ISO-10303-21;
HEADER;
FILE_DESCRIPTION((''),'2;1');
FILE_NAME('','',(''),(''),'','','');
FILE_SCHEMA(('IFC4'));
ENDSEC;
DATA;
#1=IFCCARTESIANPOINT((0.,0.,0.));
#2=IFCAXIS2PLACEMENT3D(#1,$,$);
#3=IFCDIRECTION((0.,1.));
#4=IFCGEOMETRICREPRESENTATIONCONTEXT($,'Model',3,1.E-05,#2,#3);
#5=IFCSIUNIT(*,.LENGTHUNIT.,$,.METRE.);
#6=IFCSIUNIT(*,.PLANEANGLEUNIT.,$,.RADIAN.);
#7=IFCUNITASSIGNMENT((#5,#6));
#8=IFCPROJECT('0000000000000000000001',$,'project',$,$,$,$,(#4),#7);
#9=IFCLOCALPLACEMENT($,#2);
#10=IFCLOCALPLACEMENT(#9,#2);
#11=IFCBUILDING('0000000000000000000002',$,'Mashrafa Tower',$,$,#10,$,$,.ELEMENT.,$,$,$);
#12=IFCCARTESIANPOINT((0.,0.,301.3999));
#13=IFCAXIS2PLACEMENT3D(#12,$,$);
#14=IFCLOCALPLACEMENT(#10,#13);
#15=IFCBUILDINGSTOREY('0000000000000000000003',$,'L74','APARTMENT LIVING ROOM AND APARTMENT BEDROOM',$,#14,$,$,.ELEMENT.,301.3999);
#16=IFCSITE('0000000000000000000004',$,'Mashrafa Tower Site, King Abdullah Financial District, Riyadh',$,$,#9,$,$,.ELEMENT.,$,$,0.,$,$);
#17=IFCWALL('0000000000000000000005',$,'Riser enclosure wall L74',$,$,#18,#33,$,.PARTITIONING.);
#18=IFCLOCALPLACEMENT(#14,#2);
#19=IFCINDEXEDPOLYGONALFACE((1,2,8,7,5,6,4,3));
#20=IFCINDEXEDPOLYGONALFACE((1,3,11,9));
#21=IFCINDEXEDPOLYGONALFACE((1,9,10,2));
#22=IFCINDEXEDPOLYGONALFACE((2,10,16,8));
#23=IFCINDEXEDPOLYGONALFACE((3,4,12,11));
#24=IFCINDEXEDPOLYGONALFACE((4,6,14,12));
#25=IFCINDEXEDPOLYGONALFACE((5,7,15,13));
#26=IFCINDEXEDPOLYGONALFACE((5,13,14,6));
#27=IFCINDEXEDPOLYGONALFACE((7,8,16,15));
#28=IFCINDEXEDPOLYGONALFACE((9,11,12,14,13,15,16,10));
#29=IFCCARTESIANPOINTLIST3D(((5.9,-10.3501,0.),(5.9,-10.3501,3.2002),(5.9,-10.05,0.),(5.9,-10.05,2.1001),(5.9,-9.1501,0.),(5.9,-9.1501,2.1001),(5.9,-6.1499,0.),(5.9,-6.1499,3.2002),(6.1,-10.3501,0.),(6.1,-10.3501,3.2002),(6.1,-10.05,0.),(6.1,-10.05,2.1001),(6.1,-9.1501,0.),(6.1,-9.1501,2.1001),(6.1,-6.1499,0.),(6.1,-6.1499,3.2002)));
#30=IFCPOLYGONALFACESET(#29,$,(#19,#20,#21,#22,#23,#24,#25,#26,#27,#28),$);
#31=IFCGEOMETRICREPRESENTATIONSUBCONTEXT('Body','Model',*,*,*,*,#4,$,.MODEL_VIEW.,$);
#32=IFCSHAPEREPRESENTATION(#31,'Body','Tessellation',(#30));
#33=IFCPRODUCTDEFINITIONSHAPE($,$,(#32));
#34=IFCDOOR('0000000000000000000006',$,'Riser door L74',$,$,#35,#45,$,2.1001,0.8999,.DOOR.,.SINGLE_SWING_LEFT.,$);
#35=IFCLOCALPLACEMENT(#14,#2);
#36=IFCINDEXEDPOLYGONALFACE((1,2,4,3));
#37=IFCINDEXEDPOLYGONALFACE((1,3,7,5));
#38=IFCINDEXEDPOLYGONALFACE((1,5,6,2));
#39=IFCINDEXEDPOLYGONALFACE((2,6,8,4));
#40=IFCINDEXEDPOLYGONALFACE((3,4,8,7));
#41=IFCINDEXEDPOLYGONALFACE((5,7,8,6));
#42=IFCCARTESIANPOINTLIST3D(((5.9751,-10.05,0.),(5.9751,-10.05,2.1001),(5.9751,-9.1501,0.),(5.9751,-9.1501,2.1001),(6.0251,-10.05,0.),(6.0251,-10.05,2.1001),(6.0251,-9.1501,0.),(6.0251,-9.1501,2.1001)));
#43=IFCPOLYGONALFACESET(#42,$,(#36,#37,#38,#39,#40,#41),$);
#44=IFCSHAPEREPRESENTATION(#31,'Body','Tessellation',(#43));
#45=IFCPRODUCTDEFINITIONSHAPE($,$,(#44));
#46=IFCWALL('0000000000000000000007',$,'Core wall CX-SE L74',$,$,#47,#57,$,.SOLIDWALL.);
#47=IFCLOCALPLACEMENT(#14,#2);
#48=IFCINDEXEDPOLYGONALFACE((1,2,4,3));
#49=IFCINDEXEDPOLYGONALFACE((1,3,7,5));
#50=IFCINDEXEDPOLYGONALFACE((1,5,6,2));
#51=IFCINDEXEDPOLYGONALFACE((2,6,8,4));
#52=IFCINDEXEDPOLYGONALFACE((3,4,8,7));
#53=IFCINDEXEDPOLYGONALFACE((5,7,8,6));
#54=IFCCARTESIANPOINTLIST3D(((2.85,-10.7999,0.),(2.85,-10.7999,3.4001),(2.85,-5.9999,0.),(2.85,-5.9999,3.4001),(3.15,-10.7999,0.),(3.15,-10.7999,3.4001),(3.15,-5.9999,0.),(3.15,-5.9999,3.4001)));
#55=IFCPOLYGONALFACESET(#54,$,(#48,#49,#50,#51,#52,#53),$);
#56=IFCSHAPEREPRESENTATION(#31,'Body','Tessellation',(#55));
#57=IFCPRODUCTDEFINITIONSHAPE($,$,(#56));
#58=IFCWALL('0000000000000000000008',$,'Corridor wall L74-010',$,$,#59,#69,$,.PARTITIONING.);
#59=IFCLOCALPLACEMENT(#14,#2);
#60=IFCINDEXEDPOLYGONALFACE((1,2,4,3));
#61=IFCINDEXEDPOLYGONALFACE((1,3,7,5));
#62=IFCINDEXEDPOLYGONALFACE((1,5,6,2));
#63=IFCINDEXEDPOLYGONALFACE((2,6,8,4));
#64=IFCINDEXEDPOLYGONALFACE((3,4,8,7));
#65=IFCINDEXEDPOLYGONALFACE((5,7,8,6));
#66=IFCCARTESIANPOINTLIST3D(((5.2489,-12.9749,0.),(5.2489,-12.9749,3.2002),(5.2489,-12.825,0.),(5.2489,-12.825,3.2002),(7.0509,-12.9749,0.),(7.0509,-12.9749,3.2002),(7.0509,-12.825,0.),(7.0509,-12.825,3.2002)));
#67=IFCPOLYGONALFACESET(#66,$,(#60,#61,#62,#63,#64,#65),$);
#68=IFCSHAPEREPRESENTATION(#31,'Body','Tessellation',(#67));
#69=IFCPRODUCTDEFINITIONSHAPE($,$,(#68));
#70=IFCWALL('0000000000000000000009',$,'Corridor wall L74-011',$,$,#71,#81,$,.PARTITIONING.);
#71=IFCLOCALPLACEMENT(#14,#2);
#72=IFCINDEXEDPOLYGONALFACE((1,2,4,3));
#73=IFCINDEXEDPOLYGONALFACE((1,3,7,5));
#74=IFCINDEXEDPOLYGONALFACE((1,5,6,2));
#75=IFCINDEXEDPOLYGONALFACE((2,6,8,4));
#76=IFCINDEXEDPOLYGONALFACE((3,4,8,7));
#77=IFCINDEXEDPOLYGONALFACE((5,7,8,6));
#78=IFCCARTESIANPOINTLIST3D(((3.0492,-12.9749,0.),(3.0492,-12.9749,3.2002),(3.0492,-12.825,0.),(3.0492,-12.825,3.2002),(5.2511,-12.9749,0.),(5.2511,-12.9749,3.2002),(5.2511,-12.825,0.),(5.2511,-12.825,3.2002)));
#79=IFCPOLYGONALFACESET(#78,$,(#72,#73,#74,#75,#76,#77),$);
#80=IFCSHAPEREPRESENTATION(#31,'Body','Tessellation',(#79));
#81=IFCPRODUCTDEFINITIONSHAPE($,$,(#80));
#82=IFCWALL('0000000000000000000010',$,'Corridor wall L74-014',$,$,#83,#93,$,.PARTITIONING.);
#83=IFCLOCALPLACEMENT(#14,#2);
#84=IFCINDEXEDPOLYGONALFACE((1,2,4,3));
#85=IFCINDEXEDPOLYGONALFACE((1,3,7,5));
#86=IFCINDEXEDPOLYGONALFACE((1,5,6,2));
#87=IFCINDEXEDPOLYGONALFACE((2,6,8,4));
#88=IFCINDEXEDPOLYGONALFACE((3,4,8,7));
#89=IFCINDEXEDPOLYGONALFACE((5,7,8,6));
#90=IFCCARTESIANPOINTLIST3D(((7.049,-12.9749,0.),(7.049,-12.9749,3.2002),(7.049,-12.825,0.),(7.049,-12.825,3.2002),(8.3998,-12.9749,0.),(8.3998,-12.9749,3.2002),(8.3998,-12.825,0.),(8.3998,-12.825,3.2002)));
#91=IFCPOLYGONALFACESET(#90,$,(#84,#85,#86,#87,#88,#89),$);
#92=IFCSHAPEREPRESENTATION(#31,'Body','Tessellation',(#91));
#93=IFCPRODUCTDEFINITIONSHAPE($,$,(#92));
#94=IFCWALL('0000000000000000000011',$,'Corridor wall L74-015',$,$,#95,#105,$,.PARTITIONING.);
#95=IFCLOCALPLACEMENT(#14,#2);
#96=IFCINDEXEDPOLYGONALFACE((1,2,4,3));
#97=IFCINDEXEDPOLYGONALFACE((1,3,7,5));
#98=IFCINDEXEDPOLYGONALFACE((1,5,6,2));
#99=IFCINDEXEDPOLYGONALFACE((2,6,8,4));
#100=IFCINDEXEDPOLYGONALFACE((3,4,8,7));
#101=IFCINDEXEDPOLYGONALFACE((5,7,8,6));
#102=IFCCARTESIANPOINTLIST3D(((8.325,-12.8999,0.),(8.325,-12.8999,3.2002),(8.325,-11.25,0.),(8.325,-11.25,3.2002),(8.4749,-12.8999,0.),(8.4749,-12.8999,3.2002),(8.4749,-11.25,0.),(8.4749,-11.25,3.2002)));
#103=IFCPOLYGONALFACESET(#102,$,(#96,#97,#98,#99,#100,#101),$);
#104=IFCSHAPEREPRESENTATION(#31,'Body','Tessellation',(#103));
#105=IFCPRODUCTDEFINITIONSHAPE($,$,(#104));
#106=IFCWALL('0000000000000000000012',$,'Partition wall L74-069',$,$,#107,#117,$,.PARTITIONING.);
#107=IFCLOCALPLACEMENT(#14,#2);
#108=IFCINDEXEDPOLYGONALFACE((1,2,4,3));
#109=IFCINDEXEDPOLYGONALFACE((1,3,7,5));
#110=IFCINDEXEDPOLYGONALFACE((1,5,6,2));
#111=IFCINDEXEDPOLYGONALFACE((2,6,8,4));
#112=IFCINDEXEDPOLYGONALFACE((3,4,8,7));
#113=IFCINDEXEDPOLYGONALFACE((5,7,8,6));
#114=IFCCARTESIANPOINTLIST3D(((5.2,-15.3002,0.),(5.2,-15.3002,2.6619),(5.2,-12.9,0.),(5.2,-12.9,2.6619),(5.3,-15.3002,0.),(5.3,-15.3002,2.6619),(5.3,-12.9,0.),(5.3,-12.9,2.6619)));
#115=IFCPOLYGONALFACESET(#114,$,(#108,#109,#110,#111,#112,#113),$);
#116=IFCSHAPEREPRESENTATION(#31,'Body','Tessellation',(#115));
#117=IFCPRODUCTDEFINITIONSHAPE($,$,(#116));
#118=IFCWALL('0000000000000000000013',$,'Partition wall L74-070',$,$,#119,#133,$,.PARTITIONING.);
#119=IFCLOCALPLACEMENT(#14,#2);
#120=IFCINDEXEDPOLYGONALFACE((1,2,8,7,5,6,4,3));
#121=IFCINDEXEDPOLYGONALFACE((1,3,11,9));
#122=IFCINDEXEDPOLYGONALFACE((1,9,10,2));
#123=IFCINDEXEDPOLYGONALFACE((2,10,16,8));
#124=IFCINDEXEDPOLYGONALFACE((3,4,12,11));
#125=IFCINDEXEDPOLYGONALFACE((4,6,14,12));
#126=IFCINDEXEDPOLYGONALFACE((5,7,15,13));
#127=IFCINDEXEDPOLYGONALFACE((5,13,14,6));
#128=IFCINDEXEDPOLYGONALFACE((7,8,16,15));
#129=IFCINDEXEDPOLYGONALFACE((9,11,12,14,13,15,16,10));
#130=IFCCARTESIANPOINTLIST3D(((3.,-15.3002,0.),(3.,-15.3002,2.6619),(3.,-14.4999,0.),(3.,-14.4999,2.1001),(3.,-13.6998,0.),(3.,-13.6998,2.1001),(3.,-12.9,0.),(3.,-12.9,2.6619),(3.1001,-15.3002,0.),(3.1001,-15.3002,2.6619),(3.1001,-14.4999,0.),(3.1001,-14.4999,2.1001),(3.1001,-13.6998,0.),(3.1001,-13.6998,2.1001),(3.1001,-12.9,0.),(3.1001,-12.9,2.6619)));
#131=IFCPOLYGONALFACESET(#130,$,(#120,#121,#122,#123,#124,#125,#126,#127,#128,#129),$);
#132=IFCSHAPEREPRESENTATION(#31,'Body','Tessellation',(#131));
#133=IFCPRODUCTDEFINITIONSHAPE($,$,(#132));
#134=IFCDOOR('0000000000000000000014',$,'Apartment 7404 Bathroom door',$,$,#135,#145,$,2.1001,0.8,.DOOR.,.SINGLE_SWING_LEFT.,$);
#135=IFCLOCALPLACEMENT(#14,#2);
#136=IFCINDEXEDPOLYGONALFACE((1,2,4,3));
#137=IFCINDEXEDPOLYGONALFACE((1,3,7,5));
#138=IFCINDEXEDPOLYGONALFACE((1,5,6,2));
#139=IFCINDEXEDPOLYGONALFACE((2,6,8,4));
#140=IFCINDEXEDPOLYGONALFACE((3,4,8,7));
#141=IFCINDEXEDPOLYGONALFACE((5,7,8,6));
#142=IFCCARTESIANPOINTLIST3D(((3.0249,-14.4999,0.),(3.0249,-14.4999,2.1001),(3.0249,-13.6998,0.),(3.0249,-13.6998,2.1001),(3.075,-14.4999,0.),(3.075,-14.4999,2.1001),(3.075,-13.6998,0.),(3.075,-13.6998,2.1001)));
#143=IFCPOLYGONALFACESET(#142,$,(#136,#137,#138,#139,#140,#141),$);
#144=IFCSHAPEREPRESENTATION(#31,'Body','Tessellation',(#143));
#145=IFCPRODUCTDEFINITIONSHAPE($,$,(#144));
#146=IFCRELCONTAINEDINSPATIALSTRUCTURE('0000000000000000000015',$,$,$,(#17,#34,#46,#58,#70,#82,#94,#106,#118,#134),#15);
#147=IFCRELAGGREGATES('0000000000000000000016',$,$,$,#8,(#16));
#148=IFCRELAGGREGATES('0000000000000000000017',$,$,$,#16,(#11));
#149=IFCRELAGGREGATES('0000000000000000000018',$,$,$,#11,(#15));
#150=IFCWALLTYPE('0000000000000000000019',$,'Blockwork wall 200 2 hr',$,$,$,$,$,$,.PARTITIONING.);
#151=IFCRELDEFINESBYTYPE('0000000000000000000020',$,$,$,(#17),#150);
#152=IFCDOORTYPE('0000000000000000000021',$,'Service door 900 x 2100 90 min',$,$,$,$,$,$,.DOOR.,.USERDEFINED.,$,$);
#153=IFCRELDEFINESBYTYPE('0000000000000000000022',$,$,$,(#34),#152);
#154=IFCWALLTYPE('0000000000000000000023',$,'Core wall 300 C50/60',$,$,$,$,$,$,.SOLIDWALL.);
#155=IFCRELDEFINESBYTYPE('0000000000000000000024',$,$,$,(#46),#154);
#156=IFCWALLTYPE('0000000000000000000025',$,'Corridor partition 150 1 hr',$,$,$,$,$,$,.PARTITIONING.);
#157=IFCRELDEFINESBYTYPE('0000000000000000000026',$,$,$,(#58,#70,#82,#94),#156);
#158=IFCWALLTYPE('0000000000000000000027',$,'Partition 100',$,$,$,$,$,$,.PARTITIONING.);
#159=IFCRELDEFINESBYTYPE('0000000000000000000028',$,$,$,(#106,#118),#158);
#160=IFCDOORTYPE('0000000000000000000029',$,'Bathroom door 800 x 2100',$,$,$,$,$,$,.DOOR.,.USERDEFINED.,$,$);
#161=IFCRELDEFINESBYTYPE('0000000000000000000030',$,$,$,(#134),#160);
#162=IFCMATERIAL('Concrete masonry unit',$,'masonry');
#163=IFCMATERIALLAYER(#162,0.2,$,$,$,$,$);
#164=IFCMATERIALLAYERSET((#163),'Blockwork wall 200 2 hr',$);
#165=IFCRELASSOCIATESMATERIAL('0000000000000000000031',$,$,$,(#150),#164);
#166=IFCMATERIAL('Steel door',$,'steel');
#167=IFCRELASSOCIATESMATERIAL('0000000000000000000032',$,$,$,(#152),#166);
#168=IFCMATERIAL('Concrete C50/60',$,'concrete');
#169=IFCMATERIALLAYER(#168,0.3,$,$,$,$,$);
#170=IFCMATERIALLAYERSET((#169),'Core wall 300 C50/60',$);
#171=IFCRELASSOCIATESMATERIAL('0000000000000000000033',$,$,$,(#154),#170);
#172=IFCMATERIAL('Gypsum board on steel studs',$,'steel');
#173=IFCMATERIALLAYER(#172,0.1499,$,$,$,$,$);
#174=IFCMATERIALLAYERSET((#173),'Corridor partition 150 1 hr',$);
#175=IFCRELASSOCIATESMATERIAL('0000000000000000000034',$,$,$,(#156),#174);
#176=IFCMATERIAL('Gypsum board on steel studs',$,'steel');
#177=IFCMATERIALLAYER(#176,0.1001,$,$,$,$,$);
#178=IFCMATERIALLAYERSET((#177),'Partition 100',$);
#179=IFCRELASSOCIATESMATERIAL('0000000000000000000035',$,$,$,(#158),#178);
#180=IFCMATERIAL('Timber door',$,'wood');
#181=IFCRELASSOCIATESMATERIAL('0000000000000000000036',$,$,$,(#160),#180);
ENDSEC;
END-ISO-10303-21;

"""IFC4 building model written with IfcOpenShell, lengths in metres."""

from ifc_helpers import new_model, si_unit, direction, frame, frame_2d, origin, place, context, subcontext, project, spatial, rectangle, extrude, material, layer, layer_set, type_object, element, fill, save


model = new_model("IFC4")

# Units and contexts
model_context = context("Model", 3, precision=1e-05, world=origin(), true_north=direction((0.0, 1.0)))
body_context = subcontext(model_context, "Body", "Model", "MODEL_VIEW")
ifc_project = project(units=[si_unit("LENGTHUNIT", "METRE"), si_unit("PLANEANGLEUNIT", "RADIAN")], contexts=[model_context])

# Site, building, storey
site_placement = place(None, origin())
site = spatial("IfcSite", under=ifc_project, at=site_placement, Name="Mashrafa Tower Site, King Abdullah Financial District, Riyadh", CompositionType="ELEMENT", RefElevation=0.0)
building_placement = place(site_placement, origin())
building = spatial("IfcBuilding", under=site, at=building_placement, Name="Mashrafa Tower", CompositionType="ELEMENT")
storey_placement = place(building_placement, frame((0.0, 0.0, 301.3999)))
storey = spatial("IfcBuildingStorey", under=building, at=storey_placement, Name="L74", Description="APARTMENT LIVING ROOM AND APARTMENT BEDROOM", CompositionType="ELEMENT", Elevation=301.3999)

# Wall, opening, door
ifc_material_1 = material(Name="Concrete masonry unit", Category="masonry")
ifc_layer_1 = layer(ifc_material_1, 0.2)
ifc_layer_set_1 = layer_set([ifc_layer_1], Name="Blockwork wall 200 2 hr")
wall_type_1 = type_object("IfcWallType", Name="Blockwork wall 200 2 hr", PredefinedType="PARTITIONING", material=ifc_layer_set_1)
wall_1_placement = place(storey_placement, frame((6.0, -10.3501, 0.0), z_axis=(0.0, 0.0, 1.0), x_axis=(0.0, 1.0, 0.0)))
wall_1 = element("IfcWall", 1, at=wall_1_placement, inside=storey, type_object=wall_type_1, Name="Riser enclosure wall L74", PredefinedType="PARTITIONING", context=body_context, shape_type="SweptSolid", body=[
    extrude(rectangle(XDim=4.2002, YDim=0.2, at=frame_2d((2.1001, 0.0))), origin(), (0.0, 0.0, 1.0), 3.2002),
])
opening_1_placement = place(wall_1_placement, frame((0.3, 0.0, 0.0)))
opening_1 = element("IfcOpeningElement", 2, at=opening_1_placement, cuts=wall_1, PredefinedType="OPENING", context=body_context, shape_type="SweptSolid", body=[
    extrude(rectangle(XDim=0.8999, YDim=2.1001, at=frame_2d((0.45, 1.05))), frame((0.0, 0.1099, 0.0), z_axis=(0.0, -1.0, 0.0), x_axis=(1.0, 0.0, 0.0)), (0.0, 0.0, 1.0), 0.22),
])
ifc_material_2 = material(Name="Steel door", Category="steel")
door_type_1 = type_object("IfcDoorType", Name="Service door 900 x 2100 90 min", OperationType="USERDEFINED", PredefinedType="DOOR", material=ifc_material_2)
door_1_placement = place(opening_1_placement, origin())
door_1 = element("IfcDoor", 3, at=door_1_placement, inside=storey, type_object=door_type_1, Name="Riser door L74", OperationType="SINGLE_SWING_LEFT", OverallHeight=2.1001, OverallWidth=0.8999, PredefinedType="DOOR", context=body_context, shape_type="SweptSolid", body=[
    extrude(rectangle(XDim=0.8999, YDim=2.1001, at=frame_2d((0.45, 1.05))), frame((0.0, 0.0249, 0.0), z_axis=(0.0, -1.0, 0.0), x_axis=(1.0, 0.0, 0.0)), (0.0, 0.0, 1.0), 0.05),
])
fill(opening_1, door_1)

# Walls
ifc_material_3 = material(Name="Concrete C50/60", Category="concrete")
ifc_layer_2 = layer(ifc_material_3, 0.3)
ifc_layer_set_2 = layer_set([ifc_layer_2], Name="Core wall 300 C50/60")
wall_type_2 = type_object("IfcWallType", Name="Core wall 300 C50/60", PredefinedType="SOLIDWALL", material=ifc_layer_set_2)
wall_2_placement = place(storey_placement, frame((3.0, -6.0, 0.0), z_axis=(0.0, 0.0, 1.0), x_axis=(0.0, -1.0, 0.0)))
element("IfcWall", 4, at=wall_2_placement, inside=storey, type_object=wall_type_2, Name="Core wall CX-SE L74", PredefinedType="SOLIDWALL", context=body_context, shape_type="SweptSolid", body=[
    extrude(rectangle(XDim=4.8, YDim=0.3, at=frame_2d((2.3999, 0.0))), origin(), (0.0, 0.0, 1.0), 3.4001),
])
ifc_material_4 = material(Name="Gypsum board on steel studs", Category="steel")
ifc_layer_3 = layer(ifc_material_4, 0.1499)
ifc_layer_set_3 = layer_set([ifc_layer_3], Name="Corridor partition 150 1 hr")
wall_type_3 = type_object("IfcWallType", Name="Corridor partition 150 1 hr", PredefinedType="PARTITIONING", material=ifc_layer_set_3)
wall_3_placement = place(storey_placement, frame((5.249, -12.8999, 0.0), z_axis=(0.0, 0.0, 1.0), x_axis=(1.0, 0.0, 0.0)))
element("IfcWall", 5, at=wall_3_placement, inside=storey, type_object=wall_type_3, Name="Corridor wall L74-010", PredefinedType="PARTITIONING", context=body_context, shape_type="SweptSolid", body=[
    extrude(rectangle(XDim=1.802, YDim=0.1499, at=frame_2d((0.9009, 0.0))), origin(), (0.0, 0.0, 1.0), 3.2002),
])
wall_4_placement = place(storey_placement, frame((3.0491, -12.8999, 0.0), z_axis=(0.0, 0.0, 1.0), x_axis=(1.0, 0.0, 0.0)))
element("IfcWall", 6, at=wall_4_placement, inside=storey, type_object=wall_type_3, Name="Corridor wall L74-011", PredefinedType="PARTITIONING", context=body_context, shape_type="SweptSolid", body=[
    extrude(rectangle(XDim=2.2019, YDim=0.1499, at=frame_2d((1.1011, 0.0))), origin(), (0.0, 0.0, 1.0), 3.2002),
])
wall_5_placement = place(storey_placement, frame((7.0491, -12.8999, 0.0), z_axis=(0.0, 0.0, 1.0), x_axis=(1.0, 0.0, 0.0)))
element("IfcWall", 7, at=wall_5_placement, inside=storey, type_object=wall_type_3, Name="Corridor wall L74-014", PredefinedType="PARTITIONING", context=body_context, shape_type="SweptSolid", body=[
    extrude(rectangle(XDim=1.3508, YDim=0.1499, at=frame_2d((0.6753, 0.0))), origin(), (0.0, 0.0, 1.0), 3.2002),
])
wall_6_placement = place(storey_placement, frame((8.3999, -12.8999, 0.0), z_axis=(0.0, 0.0, 1.0), x_axis=(0.0, 1.0, 0.0)))
element("IfcWall", 8, at=wall_6_placement, inside=storey, type_object=wall_type_3, Name="Corridor wall L74-015", PredefinedType="PARTITIONING", context=body_context, shape_type="SweptSolid", body=[
    extrude(rectangle(XDim=1.6499, YDim=0.1499, at=frame_2d((0.825, 0.0))), origin(), (0.0, 0.0, 1.0), 3.2002),
])
ifc_material_5 = material(Name="Gypsum board on steel studs", Category="steel")
ifc_layer_4 = layer(ifc_material_5, 0.1001)
ifc_layer_set_4 = layer_set([ifc_layer_4], Name="Partition 100")
wall_type_4 = type_object("IfcWallType", Name="Partition 100", PredefinedType="PARTITIONING", material=ifc_layer_set_4)
wall_7_placement = place(storey_placement, frame((5.25, -12.8999, 0.0), z_axis=(0.0, 0.0, 1.0), x_axis=(0.0, -1.0, 0.0)))
element("IfcWall", 9, at=wall_7_placement, inside=storey, type_object=wall_type_4, Name="Partition wall L74-069", PredefinedType="PARTITIONING", context=body_context, shape_type="SweptSolid", body=[
    extrude(rectangle(XDim=2.4001, YDim=0.1001, at=frame_2d((1.2002, 0.0))), origin(), (0.0, 0.0, 1.0), 2.6619),
])

# Wall, opening, door
wall_8_placement = place(storey_placement, frame((3.05, -12.8999, 0.0), z_axis=(0.0, 0.0, 1.0), x_axis=(0.0, -1.0, 0.0)))
wall_8 = element("IfcWall", 10, at=wall_8_placement, inside=storey, type_object=wall_type_4, Name="Partition wall L74-070", PredefinedType="PARTITIONING", context=body_context, shape_type="SweptSolid", body=[
    extrude(rectangle(XDim=2.4001, YDim=0.1001, at=frame_2d((1.2002, 0.0))), origin(), (0.0, 0.0, 1.0), 2.6619),
])
opening_2_placement = place(wall_8_placement, frame((0.8, 0.0, 0.0)))
opening_2 = element("IfcOpeningElement", 11, at=opening_2_placement, cuts=wall_8, PredefinedType="OPENING", context=body_context, shape_type="SweptSolid", body=[
    extrude(rectangle(XDim=0.8, YDim=2.1001, at=frame_2d((0.3999, 1.05))), frame((0.0, 0.0601, 0.0), z_axis=(0.0, -1.0, 0.0), x_axis=(1.0, 0.0, 0.0)), (0.0, 0.0, 1.0), 0.1201),
])
ifc_material_6 = material(Name="Timber door", Category="wood")
door_type_2 = type_object("IfcDoorType", Name="Bathroom door 800 x 2100", OperationType="USERDEFINED", PredefinedType="DOOR", material=ifc_material_6)
door_2_placement = place(opening_2_placement, origin())
door_2 = element("IfcDoor", 12, at=door_2_placement, inside=storey, type_object=door_type_2, Name="Apartment 7404 Bathroom door", OperationType="SINGLE_SWING_LEFT", OverallHeight=2.1001, OverallWidth=0.8, PredefinedType="DOOR", context=body_context, shape_type="SweptSolid", body=[
    extrude(rectangle(XDim=0.8, YDim=2.1001, at=frame_2d((0.3999, 1.05))), frame((0.0, 0.0249, 0.0), z_axis=(0.0, -1.0, 0.0), x_axis=(1.0, 0.0, 0.0)), (0.0, 0.0, 1.0), 0.05),
])
fill(opening_2, door_2)

save(model, "model.ifc")
